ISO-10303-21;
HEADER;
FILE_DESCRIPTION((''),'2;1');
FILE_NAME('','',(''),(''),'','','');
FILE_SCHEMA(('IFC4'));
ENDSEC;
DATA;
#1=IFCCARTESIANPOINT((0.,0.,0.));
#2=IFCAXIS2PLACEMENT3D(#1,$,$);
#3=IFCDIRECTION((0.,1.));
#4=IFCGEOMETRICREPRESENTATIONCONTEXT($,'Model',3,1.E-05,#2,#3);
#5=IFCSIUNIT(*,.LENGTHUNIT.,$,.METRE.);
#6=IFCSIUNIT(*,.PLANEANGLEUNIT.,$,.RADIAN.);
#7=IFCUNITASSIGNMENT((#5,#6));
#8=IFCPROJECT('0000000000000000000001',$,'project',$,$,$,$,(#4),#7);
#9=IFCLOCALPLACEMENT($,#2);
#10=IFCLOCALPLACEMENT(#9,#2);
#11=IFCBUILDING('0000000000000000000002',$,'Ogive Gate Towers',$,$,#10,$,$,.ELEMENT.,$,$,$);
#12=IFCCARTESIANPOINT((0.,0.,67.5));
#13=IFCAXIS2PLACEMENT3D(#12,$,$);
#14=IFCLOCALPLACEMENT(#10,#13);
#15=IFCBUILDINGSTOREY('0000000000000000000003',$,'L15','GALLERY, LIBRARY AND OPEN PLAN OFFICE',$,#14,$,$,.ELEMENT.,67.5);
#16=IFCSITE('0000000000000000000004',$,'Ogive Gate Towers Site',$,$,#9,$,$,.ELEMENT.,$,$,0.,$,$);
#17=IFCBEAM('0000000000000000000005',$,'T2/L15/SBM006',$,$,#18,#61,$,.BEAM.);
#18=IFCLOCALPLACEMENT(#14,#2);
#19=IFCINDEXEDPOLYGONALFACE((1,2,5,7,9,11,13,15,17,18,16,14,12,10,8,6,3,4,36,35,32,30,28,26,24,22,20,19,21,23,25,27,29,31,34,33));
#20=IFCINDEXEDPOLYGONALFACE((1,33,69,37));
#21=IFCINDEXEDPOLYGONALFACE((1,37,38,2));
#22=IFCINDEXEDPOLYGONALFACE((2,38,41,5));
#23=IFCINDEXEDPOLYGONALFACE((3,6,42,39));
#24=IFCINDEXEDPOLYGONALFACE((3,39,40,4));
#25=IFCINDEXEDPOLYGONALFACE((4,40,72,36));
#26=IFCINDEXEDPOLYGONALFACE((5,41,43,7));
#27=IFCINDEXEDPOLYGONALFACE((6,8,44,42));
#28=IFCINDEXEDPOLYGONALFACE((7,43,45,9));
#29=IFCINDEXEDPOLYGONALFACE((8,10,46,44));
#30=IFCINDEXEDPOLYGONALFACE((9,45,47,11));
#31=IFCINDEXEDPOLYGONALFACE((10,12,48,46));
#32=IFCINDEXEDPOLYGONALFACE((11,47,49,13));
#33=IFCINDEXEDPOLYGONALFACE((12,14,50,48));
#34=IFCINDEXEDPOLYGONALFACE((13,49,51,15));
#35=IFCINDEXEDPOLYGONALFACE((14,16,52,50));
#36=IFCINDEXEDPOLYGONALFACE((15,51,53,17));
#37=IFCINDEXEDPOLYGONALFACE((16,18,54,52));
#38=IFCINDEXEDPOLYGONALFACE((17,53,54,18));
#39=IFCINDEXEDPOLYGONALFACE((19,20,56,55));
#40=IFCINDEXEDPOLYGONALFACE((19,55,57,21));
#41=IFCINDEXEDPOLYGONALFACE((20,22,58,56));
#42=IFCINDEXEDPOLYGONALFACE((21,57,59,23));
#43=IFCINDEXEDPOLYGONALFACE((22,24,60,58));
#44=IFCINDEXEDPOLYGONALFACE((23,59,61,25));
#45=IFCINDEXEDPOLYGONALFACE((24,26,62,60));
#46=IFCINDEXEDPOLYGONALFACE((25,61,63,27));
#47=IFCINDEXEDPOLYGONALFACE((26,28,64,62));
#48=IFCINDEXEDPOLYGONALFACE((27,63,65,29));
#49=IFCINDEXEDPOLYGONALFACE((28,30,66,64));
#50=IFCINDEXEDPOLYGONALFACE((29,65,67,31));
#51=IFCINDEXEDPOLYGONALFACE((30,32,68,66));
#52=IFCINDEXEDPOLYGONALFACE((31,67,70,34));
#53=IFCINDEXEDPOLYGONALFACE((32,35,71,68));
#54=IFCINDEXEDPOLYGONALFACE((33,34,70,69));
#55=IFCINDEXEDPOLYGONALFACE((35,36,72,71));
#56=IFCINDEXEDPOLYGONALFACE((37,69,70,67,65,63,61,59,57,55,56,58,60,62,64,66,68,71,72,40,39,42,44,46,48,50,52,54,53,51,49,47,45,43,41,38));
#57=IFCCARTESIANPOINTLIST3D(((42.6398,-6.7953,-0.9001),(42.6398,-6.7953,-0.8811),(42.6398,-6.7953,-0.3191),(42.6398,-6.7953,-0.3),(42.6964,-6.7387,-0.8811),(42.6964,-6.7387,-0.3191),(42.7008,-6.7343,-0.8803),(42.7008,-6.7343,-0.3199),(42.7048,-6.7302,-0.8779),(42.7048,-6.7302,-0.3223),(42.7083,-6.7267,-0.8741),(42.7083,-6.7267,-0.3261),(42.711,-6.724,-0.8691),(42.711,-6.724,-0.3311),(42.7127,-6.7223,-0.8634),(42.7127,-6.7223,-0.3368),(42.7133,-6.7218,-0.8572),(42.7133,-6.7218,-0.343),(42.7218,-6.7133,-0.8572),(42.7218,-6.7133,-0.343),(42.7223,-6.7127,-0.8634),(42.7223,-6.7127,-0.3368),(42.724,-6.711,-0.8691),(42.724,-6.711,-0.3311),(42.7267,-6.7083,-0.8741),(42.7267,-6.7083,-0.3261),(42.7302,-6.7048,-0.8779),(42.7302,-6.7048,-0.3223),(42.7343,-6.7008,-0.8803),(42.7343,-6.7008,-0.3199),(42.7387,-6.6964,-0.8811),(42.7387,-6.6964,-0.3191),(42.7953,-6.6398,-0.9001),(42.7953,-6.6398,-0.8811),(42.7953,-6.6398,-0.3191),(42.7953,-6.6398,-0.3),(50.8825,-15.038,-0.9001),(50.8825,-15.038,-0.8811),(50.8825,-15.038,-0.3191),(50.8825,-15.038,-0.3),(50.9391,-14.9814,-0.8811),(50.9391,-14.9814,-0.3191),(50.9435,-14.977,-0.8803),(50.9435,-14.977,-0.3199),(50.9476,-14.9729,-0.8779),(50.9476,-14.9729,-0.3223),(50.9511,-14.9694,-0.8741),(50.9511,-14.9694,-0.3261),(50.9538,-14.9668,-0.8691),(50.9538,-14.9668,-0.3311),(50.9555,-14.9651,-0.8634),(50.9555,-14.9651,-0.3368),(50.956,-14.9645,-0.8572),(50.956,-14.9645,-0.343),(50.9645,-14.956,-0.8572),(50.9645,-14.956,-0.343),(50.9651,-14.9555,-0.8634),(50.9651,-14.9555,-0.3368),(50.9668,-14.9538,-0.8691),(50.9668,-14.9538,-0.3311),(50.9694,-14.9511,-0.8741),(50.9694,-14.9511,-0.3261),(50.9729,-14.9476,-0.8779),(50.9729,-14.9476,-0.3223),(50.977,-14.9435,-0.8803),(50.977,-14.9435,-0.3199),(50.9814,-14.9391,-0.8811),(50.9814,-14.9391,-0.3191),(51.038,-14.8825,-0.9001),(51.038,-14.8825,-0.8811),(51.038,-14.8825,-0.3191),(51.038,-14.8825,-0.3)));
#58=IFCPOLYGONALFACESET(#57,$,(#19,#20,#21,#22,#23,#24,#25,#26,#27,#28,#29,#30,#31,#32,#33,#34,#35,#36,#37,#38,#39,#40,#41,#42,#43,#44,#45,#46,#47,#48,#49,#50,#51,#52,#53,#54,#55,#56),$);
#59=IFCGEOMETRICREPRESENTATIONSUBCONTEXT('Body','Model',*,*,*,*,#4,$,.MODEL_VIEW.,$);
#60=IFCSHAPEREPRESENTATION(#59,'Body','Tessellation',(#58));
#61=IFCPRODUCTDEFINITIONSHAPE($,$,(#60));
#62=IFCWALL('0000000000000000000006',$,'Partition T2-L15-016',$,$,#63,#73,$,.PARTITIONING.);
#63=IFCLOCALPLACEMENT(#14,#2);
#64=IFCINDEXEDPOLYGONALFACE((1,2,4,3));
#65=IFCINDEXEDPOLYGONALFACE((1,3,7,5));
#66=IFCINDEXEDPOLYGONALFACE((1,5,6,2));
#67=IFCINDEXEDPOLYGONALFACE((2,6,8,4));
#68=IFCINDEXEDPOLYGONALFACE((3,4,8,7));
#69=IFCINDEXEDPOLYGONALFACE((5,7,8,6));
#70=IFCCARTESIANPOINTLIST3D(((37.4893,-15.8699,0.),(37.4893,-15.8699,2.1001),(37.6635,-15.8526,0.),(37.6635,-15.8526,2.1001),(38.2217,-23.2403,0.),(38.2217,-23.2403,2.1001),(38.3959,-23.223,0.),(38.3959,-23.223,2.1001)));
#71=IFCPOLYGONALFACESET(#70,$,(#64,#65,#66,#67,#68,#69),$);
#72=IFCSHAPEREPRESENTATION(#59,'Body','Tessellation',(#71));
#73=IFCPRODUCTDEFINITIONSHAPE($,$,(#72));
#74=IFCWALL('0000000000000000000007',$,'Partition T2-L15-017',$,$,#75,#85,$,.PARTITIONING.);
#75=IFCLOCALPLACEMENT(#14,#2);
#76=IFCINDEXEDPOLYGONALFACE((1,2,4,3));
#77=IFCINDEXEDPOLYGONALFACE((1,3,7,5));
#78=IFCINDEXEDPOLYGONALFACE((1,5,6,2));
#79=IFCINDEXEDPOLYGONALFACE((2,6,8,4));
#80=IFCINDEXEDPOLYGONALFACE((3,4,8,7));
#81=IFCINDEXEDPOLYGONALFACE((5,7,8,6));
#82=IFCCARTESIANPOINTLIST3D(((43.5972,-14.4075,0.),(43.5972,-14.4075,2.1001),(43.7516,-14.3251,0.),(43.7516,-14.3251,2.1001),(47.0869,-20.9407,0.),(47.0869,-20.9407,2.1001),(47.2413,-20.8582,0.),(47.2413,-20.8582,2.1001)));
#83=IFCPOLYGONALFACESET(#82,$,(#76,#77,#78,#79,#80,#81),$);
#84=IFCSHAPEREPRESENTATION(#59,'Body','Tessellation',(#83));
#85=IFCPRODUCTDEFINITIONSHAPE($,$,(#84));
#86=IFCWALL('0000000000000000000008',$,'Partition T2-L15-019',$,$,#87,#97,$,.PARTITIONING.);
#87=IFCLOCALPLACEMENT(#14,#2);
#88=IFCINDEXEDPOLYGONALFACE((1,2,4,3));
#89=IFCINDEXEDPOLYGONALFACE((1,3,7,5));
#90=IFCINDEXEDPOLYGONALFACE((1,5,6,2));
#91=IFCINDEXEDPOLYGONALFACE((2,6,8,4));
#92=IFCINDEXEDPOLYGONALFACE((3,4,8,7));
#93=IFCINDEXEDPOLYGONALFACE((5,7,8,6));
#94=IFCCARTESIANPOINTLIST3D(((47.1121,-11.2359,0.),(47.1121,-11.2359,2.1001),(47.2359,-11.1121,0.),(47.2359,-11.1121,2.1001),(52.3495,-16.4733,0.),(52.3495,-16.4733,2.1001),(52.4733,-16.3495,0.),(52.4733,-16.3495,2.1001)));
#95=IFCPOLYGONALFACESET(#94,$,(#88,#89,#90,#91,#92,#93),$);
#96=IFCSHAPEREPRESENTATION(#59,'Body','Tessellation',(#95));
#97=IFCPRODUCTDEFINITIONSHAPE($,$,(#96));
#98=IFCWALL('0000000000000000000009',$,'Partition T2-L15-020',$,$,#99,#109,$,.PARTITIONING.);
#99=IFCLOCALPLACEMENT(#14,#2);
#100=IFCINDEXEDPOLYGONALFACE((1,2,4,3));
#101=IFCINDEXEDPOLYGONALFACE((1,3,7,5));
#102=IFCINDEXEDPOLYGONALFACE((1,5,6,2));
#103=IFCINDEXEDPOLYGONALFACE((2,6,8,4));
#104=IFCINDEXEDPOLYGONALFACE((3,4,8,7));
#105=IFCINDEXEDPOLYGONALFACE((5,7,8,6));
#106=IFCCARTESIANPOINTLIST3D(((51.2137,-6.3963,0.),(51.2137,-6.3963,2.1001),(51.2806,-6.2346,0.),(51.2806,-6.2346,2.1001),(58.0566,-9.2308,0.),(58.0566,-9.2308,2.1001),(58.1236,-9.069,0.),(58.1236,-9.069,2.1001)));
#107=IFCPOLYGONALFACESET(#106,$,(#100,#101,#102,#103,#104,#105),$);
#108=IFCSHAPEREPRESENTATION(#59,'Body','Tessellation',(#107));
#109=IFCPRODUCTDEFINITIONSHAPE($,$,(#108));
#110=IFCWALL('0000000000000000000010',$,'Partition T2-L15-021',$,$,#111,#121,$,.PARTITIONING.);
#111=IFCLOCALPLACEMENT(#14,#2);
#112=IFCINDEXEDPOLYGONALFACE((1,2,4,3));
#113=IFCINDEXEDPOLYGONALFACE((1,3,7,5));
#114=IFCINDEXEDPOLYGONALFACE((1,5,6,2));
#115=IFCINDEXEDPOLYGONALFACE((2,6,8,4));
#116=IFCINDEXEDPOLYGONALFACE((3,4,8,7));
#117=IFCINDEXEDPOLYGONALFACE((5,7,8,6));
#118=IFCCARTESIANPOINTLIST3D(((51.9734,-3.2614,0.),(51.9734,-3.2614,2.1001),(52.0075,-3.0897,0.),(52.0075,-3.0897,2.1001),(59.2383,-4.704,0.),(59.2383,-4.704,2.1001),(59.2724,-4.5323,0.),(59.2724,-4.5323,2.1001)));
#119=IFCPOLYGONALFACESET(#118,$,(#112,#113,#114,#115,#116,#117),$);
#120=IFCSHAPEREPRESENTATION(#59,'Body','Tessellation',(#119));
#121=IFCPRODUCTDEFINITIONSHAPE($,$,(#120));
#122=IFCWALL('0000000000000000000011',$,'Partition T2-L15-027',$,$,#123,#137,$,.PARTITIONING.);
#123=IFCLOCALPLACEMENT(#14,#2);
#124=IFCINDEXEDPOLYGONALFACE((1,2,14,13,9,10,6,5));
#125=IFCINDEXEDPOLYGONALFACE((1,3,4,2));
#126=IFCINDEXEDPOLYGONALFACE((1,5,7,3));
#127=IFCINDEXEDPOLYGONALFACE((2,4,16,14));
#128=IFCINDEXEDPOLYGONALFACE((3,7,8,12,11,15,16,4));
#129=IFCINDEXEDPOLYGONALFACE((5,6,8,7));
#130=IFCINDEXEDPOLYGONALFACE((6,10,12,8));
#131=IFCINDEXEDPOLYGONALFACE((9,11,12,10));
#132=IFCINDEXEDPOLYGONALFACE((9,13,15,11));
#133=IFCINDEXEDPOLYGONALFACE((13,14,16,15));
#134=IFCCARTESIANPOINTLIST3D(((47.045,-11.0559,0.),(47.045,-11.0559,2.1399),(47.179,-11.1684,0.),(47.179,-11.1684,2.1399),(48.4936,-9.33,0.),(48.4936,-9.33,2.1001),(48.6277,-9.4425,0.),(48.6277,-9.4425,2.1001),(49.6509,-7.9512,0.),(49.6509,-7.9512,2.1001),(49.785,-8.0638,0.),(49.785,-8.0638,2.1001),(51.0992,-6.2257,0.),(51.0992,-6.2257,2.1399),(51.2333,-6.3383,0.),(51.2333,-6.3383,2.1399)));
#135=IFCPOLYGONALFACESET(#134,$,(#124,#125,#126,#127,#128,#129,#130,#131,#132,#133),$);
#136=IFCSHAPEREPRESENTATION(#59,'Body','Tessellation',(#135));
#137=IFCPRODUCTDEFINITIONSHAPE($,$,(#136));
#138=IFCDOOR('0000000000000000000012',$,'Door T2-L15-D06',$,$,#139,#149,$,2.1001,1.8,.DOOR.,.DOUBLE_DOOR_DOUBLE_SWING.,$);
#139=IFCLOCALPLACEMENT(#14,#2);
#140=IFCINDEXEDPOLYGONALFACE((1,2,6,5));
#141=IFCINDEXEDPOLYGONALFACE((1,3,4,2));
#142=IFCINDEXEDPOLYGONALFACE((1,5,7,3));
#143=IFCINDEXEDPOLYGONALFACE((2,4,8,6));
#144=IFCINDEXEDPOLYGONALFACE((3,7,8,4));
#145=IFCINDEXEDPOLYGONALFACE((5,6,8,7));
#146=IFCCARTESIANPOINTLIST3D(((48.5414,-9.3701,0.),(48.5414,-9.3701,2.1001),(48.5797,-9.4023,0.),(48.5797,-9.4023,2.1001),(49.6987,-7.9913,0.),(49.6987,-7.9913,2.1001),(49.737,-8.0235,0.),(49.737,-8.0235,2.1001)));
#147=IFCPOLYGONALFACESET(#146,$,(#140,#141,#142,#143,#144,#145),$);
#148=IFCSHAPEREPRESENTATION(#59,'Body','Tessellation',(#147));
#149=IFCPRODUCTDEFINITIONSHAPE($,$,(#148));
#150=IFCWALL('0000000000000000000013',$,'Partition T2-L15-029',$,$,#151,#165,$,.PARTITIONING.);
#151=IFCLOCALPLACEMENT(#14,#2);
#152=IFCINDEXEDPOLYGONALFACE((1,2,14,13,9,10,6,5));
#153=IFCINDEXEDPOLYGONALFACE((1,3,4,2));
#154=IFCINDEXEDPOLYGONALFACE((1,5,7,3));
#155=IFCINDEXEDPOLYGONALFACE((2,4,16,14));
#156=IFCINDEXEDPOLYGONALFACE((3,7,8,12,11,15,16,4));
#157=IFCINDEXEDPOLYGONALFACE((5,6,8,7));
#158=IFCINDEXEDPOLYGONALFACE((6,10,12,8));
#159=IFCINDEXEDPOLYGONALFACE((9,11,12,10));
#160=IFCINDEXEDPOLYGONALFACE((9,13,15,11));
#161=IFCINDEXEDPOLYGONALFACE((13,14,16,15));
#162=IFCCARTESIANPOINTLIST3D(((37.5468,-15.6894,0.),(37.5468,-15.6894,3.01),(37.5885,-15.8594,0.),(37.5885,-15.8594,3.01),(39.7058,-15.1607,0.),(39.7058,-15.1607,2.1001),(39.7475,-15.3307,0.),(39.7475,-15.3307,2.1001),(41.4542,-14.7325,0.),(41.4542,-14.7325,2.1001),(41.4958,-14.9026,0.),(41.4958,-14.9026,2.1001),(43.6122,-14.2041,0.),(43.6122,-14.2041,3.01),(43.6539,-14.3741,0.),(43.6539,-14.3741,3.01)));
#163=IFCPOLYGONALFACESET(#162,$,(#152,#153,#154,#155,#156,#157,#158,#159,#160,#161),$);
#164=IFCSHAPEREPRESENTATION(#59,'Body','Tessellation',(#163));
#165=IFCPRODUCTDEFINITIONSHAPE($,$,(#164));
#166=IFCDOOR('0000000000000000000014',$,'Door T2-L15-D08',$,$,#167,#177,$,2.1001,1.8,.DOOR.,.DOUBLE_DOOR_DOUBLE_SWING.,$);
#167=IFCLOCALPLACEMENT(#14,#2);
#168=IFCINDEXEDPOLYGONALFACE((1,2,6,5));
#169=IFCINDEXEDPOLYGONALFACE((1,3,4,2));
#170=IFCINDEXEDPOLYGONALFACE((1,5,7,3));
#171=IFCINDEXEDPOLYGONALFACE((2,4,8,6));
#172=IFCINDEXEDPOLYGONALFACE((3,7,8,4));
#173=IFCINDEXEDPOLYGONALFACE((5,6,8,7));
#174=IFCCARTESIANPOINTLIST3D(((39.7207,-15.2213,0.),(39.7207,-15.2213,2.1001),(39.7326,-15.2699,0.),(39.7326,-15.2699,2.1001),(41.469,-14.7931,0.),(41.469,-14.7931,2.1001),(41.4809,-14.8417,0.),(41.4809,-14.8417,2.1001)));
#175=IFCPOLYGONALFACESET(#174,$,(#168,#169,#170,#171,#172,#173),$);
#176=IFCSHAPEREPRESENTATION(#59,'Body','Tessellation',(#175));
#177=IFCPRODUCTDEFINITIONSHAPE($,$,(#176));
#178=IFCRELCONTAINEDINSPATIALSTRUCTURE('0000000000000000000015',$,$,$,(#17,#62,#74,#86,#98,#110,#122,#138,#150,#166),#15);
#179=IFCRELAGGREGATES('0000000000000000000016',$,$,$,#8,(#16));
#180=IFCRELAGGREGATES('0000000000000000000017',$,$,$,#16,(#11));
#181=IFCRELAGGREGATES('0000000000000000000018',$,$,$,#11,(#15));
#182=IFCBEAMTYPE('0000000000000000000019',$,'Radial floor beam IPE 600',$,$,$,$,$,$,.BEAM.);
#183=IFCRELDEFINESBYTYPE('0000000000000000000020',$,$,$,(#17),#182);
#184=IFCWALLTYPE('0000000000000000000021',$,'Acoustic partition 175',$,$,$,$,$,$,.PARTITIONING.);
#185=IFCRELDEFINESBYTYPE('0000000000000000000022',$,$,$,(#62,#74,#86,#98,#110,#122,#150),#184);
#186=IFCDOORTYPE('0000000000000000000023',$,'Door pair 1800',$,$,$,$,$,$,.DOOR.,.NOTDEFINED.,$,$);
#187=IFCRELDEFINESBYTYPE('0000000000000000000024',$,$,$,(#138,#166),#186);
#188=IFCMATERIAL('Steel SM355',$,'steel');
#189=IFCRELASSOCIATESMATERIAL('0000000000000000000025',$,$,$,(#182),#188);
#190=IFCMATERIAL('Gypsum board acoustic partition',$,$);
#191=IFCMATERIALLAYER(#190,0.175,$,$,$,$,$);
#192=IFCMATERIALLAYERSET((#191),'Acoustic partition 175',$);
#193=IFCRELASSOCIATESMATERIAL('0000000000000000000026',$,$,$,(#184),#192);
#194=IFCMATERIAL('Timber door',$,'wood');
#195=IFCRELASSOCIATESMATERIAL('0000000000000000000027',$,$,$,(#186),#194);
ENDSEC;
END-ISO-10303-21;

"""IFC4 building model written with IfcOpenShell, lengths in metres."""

from ifc_helpers import new_model, si_unit, direction, frame, frame_2d, origin, origin_2d, place, context, subcontext, project, spatial, rectangle, i_section, extrude, material, layer, layer_set, material_profile, profile_set, type_object, element, fill, save


model = new_model("IFC4")

# Units and contexts
model_context = context("Model", 3, precision=1e-05, world=origin(), true_north=direction((0.0, 1.0)))
body_context = subcontext(model_context, "Body", "Model", "MODEL_VIEW")
ifc_project = project(units=[si_unit("LENGTHUNIT", "METRE"), si_unit("PLANEANGLEUNIT", "RADIAN")], contexts=[model_context])

# Site, building, storey
site_placement = place(None, origin())
site = spatial("IfcSite", under=ifc_project, at=site_placement, Name="Ogive Gate Towers Site", CompositionType="ELEMENT", RefElevation=0.0)
building_placement = place(site_placement, origin())
building = spatial("IfcBuilding", under=site, at=building_placement, Name="Ogive Gate Towers", CompositionType="ELEMENT")
storey_placement = place(building_placement, frame((0.0, 0.0, 67.5)))
storey = spatial("IfcBuildingStorey", under=building, at=storey_placement, Name="L15", Description="GALLERY, LIBRARY AND OPEN PLAN OFFICE", CompositionType="ELEMENT", Elevation=67.5)

# Beam
ifc_material_1 = material(Name="Steel SM355", Category="steel")
ifc_material_profile_1 = material_profile(ifc_material_1, i_section(OverallWidth=0.22, OverallDepth=0.6001, WebThickness=0.012, FlangeThickness=0.019, FilletRadius=0.0239, at=origin_2d()), Name="IPE 600")
ifc_profile_set_1 = profile_set([ifc_material_profile_1], Name="Steel SM355")
beam_type_1 = type_object("IfcBeamType", Name="Radial floor beam IPE 600", PredefinedType="BEAM", material=ifc_profile_set_1)
beam_placement = place(storey_placement, frame((42.7175, -6.7175, -0.6001), z_axis=(0.707107, -0.707107, 0.0), x_axis=(0.707107, 0.707107, 0.0)))
element("IfcBeam", 1, at=beam_placement, inside=storey, type_object=beam_type_1, Name="T2/L15/SBM006", PredefinedType="BEAM", context=body_context, shape_type="SweptSolid", body=[
    extrude(i_section(OverallWidth=0.22, OverallDepth=0.6001, WebThickness=0.012, FlangeThickness=0.019, FilletRadius=0.0239, at=origin_2d()), origin(), (0.0, 0.0, 1.0), 11.657),
])

# Walls
ifc_material_2 = material(Name="Gypsum board acoustic partition")
ifc_layer_1 = layer(ifc_material_2, 0.175)
ifc_layer_set_1 = layer_set([ifc_layer_1], Name="Acoustic partition 175")
wall_type_1 = type_object("IfcWallType", Name="Acoustic partition 175", PredefinedType="PARTITIONING", material=ifc_layer_set_1)
for number, where, z_axis, x_axis, name in (
    (2, (38.3088, -23.2317, 0.0), (0.0, 0.0, 1.0), (-0.098887, 0.995099, 0.0), "Partition T2-L15-016"),
    (3, (47.1641, -20.8994, 0.0), (0.0, 0.0, 1.0), (-0.471153, 0.882052, 0.0), "Partition T2-L15-017"),
    (4, (52.4114, -16.4114, 0.0), (0.0, 0.0, 1.0), (-0.707107, 0.707107, 0.0), "Partition T2-L15-019"),
    (5, (58.0901, -9.1499, 0.0), (0.0, 0.0, 1.0), (-0.923879, 0.382684, 0.0), "Partition T2-L15-020"),
    (6, (59.2554, -4.6182, 0.0), (0.0, 0.0, 1.0), (-0.980849, 0.194772, 0.0), "Partition T2-L15-021"),
):
    element("IfcWall", number, at=place(storey_placement, frame(where, z_axis=z_axis, x_axis=x_axis)), inside=storey, type_object=wall_type_1, Name=name, PredefinedType="PARTITIONING", context=body_context, shape_type="SweptSolid", body=[
        extrude(rectangle(XDim=7.4067, YDim=0.175, at=frame_2d((3.7034, 0.0))), origin(), (0.0, 0.0, 1.0), 2.1001),
    ])

# Walls, openings, doors
wall_1_placement = place(storey_placement, frame((51.1663, -6.282, 0.0), z_axis=(0.0, 0.0, 1.0), x_axis=(-0.642907, -0.765944, 0.0)))
wall_1 = element("IfcWall", 7, at=wall_1_placement, inside=storey, type_object=wall_type_1, Name="Partition T2-L15-027", PredefinedType="PARTITIONING", context=body_context, shape_type="SweptSolid", body=[
    extrude(rectangle(XDim=6.3062, YDim=0.175, at=frame_2d((3.1531, 0.0))), origin(), (0.0, 0.0, 1.0), 2.1399),
])
opening_1_placement = place(wall_1_placement, frame((2.2529, 0.0, 0.0)))
opening_1 = element("IfcOpeningElement", 8, at=opening_1_placement, cuts=wall_1, PredefinedType="OPENING", context=body_context, shape_type="SweptSolid", body=[
    extrude(rectangle(XDim=1.8, YDim=2.1001, at=frame_2d((0.8999, 1.05))), frame((0.0, 0.0977, 0.0), z_axis=(0.0, -1.0, 0.0), x_axis=(1.0, 0.0, 0.0)), (0.0, 0.0, 1.0), 0.1951),
])
ifc_material_3 = material(Name="Timber door", Category="wood")
door_type_1 = type_object("IfcDoorType", Name="Door pair 1800", OperationType="NOTDEFINED", PredefinedType="DOOR", material=ifc_material_3)
door_1_placement = place(opening_1_placement, origin())
door_1 = element("IfcDoor", 9, at=door_1_placement, inside=storey, type_object=door_type_1, Name="Door T2-L15-D06", OperationType="DOUBLE_DOOR_DOUBLE_SWING", OverallHeight=2.1001, OverallWidth=1.8, PredefinedType="DOOR", context=body_context, shape_type="SweptSolid", body=[
    extrude(rectangle(XDim=1.8, YDim=2.1001, at=frame_2d((0.8999, 1.05))), frame((0.0, 0.0249, 0.0), z_axis=(0.0, -1.0, 0.0), x_axis=(1.0, 0.0, 0.0)), (0.0, 0.0, 1.0), 0.05),
])
fill(opening_1, door_1)
wall_2_placement = place(storey_placement, frame((43.6331, -14.2891, 0.0), z_axis=(0.0, 0.0, 1.0), x_axis=(-0.9713, -0.23786, 0.0)))
wall_2 = element("IfcWall", 10, at=wall_2_placement, inside=storey, type_object=wall_type_1, Name="Partition T2-L15-029", PredefinedType="PARTITIONING", context=body_context, shape_type="SweptSolid", body=[
    extrude(rectangle(XDim=6.2446, YDim=0.175, at=frame_2d((3.1223, 0.0))), origin(), (0.0, 0.0, 1.0), 3.01),
])
opening_2_placement = place(wall_2_placement, frame((2.2219, 0.0, 0.0)))
opening_2 = element("IfcOpeningElement", 11, at=opening_2_placement, cuts=wall_2, PredefinedType="OPENING", context=body_context, shape_type="SweptSolid", body=[
    extrude(rectangle(XDim=1.8, YDim=2.1001, at=frame_2d((0.8999, 1.05))), frame((0.0, 0.0977, 0.0), z_axis=(0.0, -1.0, 0.0), x_axis=(1.0, 0.0, 0.0)), (0.0, 0.0, 1.0), 0.1951),
])
door_2_placement = place(opening_2_placement, origin())
door_2 = element("IfcDoor", 12, at=door_2_placement, inside=storey, type_object=door_type_1, Name="Door T2-L15-D08", OperationType="DOUBLE_DOOR_DOUBLE_SWING", OverallHeight=2.1001, OverallWidth=1.8, PredefinedType="DOOR", context=body_context, shape_type="SweptSolid", body=[
    extrude(rectangle(XDim=1.8, YDim=2.1001, at=frame_2d((0.8999, 1.05))), frame((0.0, 0.0249, 0.0), z_axis=(0.0, -1.0, 0.0), x_axis=(1.0, 0.0, 0.0)), (0.0, 0.0, 1.0), 0.05),
])
fill(opening_2, door_2)

save(model, "model.ifc")
